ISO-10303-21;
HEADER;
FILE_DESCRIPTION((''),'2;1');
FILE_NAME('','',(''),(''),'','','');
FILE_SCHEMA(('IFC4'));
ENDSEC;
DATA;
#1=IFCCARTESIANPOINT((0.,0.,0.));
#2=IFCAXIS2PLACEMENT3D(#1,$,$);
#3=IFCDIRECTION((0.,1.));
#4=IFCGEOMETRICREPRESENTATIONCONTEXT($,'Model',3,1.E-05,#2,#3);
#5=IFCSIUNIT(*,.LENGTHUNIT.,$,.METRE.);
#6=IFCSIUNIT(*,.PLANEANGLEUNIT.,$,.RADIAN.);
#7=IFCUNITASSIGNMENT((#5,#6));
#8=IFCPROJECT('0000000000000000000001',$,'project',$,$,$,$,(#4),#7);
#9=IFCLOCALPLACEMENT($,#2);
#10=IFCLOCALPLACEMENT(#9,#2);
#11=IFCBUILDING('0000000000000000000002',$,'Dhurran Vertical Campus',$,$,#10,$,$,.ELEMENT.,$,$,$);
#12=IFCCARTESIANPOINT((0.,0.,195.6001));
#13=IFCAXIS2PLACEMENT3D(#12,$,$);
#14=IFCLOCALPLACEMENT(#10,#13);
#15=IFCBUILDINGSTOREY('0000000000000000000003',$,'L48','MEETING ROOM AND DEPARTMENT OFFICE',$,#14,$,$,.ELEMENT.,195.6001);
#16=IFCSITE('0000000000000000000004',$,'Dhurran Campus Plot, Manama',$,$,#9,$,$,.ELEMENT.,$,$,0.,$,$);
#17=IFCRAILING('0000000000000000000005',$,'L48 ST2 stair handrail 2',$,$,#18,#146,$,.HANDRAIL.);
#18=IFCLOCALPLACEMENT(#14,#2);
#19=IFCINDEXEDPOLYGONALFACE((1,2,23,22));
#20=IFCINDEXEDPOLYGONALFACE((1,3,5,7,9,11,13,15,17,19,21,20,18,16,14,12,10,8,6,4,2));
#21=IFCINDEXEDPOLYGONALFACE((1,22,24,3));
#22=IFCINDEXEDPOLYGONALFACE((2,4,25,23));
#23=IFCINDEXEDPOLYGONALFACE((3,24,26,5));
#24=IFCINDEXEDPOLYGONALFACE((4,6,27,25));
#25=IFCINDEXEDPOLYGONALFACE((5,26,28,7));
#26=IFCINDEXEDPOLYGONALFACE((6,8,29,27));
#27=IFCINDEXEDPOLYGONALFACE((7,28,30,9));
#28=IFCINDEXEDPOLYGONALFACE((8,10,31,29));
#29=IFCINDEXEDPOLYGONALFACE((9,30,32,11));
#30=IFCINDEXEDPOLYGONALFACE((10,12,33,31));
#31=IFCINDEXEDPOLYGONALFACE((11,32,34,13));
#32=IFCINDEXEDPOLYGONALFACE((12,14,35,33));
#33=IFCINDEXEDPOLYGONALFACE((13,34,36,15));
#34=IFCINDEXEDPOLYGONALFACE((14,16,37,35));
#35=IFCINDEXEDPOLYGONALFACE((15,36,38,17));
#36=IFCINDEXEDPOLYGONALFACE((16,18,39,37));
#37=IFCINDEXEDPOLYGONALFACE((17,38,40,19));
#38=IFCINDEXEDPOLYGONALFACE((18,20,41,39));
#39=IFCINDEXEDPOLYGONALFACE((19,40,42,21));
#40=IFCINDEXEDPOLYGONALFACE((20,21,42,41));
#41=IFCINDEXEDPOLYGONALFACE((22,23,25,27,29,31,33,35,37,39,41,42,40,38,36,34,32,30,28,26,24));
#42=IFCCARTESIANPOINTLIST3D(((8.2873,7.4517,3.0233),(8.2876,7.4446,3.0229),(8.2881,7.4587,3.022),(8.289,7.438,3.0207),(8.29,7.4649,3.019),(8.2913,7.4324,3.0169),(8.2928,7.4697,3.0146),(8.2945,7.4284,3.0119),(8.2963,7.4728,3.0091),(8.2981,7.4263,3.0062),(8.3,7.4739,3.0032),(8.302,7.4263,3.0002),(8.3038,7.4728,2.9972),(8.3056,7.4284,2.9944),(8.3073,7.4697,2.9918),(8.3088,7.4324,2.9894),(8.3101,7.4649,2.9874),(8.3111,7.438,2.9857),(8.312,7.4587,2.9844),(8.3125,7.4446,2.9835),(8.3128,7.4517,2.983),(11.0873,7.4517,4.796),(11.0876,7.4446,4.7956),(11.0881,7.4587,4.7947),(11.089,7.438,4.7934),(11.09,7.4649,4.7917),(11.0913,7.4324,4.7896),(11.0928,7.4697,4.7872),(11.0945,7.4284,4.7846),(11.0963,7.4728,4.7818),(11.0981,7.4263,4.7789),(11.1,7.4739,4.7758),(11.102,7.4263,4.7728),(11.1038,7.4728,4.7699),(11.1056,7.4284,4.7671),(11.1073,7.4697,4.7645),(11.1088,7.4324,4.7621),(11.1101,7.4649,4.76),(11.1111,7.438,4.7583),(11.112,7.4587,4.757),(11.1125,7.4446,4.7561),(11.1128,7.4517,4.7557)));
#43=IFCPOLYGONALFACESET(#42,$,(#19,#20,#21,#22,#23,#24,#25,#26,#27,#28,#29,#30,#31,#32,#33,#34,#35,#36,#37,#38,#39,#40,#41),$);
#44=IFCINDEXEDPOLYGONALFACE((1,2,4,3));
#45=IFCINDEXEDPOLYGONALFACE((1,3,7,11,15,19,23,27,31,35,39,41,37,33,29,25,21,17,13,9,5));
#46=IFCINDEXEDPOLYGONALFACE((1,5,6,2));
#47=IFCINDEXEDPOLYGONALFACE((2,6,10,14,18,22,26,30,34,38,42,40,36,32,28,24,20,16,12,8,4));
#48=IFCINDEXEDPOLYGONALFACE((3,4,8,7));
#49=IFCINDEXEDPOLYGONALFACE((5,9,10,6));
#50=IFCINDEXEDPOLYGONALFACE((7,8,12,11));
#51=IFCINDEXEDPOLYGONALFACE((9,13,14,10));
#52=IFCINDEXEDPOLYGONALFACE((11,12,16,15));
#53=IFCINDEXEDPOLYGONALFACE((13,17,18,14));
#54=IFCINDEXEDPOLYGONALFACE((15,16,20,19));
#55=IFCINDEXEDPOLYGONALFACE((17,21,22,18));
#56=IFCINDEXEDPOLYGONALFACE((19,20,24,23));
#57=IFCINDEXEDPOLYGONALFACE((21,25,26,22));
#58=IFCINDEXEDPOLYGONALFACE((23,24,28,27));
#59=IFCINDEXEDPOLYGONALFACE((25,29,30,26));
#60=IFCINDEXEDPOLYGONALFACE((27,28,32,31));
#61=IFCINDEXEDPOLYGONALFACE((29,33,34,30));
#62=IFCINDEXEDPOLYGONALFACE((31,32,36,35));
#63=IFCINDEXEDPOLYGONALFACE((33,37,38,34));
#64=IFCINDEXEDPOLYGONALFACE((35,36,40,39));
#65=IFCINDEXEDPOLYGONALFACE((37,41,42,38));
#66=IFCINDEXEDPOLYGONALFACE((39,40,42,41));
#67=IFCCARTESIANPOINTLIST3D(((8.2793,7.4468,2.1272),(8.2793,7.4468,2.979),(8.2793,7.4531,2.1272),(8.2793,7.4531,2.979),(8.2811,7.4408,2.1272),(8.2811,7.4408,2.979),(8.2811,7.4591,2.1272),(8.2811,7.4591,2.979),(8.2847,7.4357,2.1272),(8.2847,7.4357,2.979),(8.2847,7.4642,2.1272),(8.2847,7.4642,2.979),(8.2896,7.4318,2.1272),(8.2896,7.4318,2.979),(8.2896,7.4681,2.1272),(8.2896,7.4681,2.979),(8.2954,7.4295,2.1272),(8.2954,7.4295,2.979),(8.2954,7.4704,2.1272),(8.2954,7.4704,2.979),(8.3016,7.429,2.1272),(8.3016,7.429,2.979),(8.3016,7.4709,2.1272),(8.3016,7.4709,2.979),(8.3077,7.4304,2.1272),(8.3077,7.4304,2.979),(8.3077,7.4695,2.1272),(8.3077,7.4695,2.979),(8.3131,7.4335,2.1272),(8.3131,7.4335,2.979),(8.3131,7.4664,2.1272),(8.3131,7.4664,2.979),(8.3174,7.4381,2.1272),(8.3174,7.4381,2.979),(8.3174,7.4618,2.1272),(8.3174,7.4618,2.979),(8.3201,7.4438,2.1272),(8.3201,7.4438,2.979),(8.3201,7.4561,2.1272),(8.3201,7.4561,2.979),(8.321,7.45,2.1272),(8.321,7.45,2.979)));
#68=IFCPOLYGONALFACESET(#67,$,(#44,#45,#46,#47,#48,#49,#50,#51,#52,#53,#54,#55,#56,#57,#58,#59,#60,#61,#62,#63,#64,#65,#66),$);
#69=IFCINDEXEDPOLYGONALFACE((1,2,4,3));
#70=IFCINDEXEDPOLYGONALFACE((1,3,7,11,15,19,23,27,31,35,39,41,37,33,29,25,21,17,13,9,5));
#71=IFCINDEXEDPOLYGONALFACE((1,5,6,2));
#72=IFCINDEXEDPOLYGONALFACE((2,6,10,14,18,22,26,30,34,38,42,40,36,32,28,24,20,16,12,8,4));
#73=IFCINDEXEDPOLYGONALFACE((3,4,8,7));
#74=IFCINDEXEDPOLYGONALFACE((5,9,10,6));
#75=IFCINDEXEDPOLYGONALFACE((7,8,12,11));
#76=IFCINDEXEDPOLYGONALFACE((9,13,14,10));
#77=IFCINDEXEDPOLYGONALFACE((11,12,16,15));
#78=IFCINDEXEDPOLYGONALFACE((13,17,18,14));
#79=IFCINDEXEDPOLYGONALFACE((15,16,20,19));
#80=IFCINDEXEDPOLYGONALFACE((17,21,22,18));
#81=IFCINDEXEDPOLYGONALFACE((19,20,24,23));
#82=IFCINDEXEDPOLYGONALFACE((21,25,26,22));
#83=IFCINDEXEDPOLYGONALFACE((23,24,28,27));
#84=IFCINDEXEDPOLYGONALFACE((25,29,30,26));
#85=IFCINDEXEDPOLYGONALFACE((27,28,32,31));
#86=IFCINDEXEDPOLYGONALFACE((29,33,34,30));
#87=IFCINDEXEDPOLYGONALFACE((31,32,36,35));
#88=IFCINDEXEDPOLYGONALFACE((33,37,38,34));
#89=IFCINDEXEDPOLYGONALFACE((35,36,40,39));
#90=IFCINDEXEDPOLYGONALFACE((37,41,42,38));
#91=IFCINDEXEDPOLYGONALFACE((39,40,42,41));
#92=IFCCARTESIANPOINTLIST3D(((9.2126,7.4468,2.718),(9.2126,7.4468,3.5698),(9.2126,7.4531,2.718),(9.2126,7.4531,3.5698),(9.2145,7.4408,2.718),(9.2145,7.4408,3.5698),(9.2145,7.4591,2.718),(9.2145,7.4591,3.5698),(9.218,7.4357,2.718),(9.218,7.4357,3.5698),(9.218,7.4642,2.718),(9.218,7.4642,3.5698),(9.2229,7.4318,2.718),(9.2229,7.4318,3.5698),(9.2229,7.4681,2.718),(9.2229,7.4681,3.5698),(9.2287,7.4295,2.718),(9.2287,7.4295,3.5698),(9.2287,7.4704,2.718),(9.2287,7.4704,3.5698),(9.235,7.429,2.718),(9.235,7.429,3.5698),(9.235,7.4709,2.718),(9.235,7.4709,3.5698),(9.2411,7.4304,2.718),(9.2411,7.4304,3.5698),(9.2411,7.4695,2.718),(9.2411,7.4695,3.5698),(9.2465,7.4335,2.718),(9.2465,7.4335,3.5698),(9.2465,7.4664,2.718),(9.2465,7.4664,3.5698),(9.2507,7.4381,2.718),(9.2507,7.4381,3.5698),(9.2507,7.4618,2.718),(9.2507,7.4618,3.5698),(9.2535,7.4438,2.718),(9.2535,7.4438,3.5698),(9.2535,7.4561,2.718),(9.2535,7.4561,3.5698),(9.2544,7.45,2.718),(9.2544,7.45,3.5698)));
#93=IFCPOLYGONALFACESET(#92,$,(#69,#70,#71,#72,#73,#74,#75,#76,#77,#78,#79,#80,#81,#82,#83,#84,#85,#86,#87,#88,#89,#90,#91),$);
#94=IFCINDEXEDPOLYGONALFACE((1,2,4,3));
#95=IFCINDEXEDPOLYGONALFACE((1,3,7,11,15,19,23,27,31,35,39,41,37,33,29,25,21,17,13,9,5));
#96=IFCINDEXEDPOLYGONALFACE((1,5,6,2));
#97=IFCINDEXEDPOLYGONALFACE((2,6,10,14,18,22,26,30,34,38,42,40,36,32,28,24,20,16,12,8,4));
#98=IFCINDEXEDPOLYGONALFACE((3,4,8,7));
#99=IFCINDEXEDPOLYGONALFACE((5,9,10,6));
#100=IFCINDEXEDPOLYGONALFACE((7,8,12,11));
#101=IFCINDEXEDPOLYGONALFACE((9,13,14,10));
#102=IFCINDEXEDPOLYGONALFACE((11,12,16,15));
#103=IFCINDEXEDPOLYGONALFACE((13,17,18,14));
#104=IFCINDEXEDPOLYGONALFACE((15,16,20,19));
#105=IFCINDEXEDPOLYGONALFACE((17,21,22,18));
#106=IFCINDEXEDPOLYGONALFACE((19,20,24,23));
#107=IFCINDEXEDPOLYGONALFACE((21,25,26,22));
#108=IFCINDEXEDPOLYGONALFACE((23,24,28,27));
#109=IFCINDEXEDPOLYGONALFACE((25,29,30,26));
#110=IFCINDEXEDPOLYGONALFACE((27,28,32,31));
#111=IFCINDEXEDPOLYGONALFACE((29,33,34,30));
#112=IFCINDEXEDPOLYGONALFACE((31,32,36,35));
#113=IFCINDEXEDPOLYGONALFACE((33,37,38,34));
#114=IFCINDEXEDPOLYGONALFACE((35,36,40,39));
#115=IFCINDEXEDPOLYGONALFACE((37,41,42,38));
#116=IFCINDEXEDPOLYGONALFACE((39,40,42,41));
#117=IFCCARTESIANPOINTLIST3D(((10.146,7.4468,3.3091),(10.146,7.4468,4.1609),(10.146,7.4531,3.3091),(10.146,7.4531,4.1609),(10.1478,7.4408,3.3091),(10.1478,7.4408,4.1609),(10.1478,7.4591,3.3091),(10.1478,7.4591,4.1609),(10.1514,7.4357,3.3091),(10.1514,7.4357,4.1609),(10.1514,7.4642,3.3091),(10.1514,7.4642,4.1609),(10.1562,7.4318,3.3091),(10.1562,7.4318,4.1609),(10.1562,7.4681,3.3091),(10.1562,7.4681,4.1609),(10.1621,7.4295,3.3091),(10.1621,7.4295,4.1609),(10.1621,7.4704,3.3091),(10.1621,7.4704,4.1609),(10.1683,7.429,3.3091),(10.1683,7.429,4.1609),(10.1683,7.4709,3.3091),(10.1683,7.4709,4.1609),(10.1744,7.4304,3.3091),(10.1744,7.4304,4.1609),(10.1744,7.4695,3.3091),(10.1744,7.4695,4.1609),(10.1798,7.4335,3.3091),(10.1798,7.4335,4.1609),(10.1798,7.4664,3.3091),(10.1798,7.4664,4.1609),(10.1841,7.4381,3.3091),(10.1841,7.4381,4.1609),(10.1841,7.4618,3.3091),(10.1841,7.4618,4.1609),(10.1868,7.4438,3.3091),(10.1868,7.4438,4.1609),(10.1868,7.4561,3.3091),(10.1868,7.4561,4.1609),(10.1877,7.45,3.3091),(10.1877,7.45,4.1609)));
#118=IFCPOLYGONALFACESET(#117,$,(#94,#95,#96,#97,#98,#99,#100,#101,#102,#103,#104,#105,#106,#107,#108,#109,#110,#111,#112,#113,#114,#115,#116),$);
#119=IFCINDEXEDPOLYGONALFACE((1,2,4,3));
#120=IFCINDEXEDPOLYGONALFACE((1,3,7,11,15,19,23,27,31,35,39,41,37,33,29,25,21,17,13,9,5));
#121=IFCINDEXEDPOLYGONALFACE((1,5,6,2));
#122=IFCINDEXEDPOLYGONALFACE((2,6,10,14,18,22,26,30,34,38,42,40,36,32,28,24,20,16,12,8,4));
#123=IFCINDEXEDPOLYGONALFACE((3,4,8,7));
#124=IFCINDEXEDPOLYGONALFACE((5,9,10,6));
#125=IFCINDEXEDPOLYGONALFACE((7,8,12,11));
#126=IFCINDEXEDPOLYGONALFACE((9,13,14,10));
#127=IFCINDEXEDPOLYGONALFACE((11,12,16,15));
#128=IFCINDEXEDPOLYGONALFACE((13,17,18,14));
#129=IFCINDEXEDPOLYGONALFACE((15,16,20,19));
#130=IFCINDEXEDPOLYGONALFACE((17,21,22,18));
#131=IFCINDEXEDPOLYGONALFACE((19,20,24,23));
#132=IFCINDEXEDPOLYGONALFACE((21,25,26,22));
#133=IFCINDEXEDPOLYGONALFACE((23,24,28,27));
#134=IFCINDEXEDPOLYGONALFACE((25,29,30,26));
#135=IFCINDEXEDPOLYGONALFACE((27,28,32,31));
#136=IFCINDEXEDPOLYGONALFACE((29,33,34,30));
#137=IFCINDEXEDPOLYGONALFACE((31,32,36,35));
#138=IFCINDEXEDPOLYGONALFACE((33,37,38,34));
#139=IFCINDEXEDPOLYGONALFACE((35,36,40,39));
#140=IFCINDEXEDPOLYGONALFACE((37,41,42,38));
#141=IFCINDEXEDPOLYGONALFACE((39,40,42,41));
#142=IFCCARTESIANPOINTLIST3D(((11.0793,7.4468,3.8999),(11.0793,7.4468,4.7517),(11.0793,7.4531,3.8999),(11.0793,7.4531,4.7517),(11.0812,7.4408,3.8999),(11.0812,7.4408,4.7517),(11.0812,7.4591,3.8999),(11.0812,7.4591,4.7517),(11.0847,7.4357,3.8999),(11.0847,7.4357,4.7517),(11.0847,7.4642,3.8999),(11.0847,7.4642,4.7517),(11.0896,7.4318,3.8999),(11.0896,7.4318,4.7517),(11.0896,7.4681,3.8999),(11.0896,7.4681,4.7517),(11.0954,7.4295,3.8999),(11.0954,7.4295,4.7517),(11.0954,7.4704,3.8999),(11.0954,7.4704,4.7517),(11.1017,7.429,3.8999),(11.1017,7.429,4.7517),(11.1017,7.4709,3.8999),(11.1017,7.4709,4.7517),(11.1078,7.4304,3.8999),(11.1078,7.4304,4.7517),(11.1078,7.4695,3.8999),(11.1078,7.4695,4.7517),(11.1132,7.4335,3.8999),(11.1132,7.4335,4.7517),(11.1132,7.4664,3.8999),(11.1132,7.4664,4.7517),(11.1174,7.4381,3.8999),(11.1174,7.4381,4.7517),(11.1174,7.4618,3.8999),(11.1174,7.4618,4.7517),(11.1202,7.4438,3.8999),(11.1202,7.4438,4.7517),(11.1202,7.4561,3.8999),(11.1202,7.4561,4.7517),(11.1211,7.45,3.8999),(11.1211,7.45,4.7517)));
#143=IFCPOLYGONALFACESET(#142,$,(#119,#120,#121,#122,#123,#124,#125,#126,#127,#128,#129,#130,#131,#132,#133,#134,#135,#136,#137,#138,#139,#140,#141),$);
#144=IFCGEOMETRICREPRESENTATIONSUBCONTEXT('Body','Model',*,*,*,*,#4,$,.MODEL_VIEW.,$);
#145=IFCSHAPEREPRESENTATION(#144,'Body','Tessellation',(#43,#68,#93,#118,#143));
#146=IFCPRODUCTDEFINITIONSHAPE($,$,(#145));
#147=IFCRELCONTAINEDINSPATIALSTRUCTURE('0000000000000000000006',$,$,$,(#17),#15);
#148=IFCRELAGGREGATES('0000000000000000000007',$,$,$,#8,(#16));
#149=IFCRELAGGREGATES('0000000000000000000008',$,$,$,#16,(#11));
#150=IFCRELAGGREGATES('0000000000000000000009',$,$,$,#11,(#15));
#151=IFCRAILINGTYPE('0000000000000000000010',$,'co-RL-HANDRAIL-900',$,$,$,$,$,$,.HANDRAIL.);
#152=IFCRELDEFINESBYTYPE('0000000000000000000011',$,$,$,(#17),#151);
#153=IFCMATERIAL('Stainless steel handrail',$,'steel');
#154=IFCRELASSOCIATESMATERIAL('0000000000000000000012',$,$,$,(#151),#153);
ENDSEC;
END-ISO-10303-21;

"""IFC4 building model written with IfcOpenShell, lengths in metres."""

from ifc_helpers import new_model, si_unit, direction, frame, origin, origin_2d, place, context, subcontext, project, spatial, circle, extrude, material, type_object, element, save


model = new_model("IFC4")

# Units and contexts
model_context = context("Model", 3, precision=1e-05, world=origin(), true_north=direction((0.0, 1.0)))
body_context = subcontext(model_context, "Body", "Model", "MODEL_VIEW")
ifc_project = project(units=[si_unit("LENGTHUNIT", "METRE"), si_unit("PLANEANGLEUNIT", "RADIAN")], contexts=[model_context])

# Site, building, storey
site_placement = place(None, origin())
site = spatial("IfcSite", under=ifc_project, at=site_placement, Name="Dhurran Campus Plot, Manama", CompositionType="ELEMENT", RefElevation=0.0)
building_placement = place(site_placement, origin())
building = spatial("IfcBuilding", under=site, at=building_placement, Name="Dhurran Vertical Campus", CompositionType="ELEMENT")
storey_placement = place(building_placement, frame((0.0, 0.0, 195.6001)))
storey = spatial("IfcBuildingStorey", under=building, at=storey_placement, Name="L48", Description="MEETING ROOM AND DEPARTMENT OFFICE", CompositionType="ELEMENT", Elevation=195.6001)

# Railing
ifc_material_1 = material(Name="Stainless steel handrail", Category="steel")
railing_type_1 = type_object("IfcRailingType", Name="co-RL-HANDRAIL-900", PredefinedType="HANDRAIL", material=ifc_material_1)
railing_1_placement = place(storey_placement, frame((8.3, 7.45, 2.1272)))
element("IfcRailing", 1, at=railing_1_placement, inside=storey, type_object=railing_type_1, Name="L48 ST2 stair handrail 2", PredefinedType="HANDRAIL", context=body_context, shape_type="SweptSolid", body=[
    extrude(circle(Radius=0.0239, at=origin_2d()), frame((0.0, 0.0, 0.876), z_axis=(0.844909, 0.0, 0.53491), x_axis=(0.0, 1.0, 0.0)), (0.0, 0.0, 1.0), 3.314),
    extrude(circle(Radius=0.021, at=origin_2d()), origin(), (0.0, 0.0, 1.0), 0.8518),
    extrude(circle(Radius=0.021, at=origin_2d()), frame((0.9333, 0.0, 0.5908)), (0.0, 0.0, 1.0), 0.8518),
    extrude(circle(Radius=0.021, at=origin_2d()), frame((1.8667, 0.0, 1.1819)), (0.0, 0.0, 1.0), 0.8518),
    extrude(circle(Radius=0.021, at=origin_2d()), frame((2.8, 0.0, 1.7727)), (0.0, 0.0, 1.0), 0.8518),
])

save(model, "model.ifc")
